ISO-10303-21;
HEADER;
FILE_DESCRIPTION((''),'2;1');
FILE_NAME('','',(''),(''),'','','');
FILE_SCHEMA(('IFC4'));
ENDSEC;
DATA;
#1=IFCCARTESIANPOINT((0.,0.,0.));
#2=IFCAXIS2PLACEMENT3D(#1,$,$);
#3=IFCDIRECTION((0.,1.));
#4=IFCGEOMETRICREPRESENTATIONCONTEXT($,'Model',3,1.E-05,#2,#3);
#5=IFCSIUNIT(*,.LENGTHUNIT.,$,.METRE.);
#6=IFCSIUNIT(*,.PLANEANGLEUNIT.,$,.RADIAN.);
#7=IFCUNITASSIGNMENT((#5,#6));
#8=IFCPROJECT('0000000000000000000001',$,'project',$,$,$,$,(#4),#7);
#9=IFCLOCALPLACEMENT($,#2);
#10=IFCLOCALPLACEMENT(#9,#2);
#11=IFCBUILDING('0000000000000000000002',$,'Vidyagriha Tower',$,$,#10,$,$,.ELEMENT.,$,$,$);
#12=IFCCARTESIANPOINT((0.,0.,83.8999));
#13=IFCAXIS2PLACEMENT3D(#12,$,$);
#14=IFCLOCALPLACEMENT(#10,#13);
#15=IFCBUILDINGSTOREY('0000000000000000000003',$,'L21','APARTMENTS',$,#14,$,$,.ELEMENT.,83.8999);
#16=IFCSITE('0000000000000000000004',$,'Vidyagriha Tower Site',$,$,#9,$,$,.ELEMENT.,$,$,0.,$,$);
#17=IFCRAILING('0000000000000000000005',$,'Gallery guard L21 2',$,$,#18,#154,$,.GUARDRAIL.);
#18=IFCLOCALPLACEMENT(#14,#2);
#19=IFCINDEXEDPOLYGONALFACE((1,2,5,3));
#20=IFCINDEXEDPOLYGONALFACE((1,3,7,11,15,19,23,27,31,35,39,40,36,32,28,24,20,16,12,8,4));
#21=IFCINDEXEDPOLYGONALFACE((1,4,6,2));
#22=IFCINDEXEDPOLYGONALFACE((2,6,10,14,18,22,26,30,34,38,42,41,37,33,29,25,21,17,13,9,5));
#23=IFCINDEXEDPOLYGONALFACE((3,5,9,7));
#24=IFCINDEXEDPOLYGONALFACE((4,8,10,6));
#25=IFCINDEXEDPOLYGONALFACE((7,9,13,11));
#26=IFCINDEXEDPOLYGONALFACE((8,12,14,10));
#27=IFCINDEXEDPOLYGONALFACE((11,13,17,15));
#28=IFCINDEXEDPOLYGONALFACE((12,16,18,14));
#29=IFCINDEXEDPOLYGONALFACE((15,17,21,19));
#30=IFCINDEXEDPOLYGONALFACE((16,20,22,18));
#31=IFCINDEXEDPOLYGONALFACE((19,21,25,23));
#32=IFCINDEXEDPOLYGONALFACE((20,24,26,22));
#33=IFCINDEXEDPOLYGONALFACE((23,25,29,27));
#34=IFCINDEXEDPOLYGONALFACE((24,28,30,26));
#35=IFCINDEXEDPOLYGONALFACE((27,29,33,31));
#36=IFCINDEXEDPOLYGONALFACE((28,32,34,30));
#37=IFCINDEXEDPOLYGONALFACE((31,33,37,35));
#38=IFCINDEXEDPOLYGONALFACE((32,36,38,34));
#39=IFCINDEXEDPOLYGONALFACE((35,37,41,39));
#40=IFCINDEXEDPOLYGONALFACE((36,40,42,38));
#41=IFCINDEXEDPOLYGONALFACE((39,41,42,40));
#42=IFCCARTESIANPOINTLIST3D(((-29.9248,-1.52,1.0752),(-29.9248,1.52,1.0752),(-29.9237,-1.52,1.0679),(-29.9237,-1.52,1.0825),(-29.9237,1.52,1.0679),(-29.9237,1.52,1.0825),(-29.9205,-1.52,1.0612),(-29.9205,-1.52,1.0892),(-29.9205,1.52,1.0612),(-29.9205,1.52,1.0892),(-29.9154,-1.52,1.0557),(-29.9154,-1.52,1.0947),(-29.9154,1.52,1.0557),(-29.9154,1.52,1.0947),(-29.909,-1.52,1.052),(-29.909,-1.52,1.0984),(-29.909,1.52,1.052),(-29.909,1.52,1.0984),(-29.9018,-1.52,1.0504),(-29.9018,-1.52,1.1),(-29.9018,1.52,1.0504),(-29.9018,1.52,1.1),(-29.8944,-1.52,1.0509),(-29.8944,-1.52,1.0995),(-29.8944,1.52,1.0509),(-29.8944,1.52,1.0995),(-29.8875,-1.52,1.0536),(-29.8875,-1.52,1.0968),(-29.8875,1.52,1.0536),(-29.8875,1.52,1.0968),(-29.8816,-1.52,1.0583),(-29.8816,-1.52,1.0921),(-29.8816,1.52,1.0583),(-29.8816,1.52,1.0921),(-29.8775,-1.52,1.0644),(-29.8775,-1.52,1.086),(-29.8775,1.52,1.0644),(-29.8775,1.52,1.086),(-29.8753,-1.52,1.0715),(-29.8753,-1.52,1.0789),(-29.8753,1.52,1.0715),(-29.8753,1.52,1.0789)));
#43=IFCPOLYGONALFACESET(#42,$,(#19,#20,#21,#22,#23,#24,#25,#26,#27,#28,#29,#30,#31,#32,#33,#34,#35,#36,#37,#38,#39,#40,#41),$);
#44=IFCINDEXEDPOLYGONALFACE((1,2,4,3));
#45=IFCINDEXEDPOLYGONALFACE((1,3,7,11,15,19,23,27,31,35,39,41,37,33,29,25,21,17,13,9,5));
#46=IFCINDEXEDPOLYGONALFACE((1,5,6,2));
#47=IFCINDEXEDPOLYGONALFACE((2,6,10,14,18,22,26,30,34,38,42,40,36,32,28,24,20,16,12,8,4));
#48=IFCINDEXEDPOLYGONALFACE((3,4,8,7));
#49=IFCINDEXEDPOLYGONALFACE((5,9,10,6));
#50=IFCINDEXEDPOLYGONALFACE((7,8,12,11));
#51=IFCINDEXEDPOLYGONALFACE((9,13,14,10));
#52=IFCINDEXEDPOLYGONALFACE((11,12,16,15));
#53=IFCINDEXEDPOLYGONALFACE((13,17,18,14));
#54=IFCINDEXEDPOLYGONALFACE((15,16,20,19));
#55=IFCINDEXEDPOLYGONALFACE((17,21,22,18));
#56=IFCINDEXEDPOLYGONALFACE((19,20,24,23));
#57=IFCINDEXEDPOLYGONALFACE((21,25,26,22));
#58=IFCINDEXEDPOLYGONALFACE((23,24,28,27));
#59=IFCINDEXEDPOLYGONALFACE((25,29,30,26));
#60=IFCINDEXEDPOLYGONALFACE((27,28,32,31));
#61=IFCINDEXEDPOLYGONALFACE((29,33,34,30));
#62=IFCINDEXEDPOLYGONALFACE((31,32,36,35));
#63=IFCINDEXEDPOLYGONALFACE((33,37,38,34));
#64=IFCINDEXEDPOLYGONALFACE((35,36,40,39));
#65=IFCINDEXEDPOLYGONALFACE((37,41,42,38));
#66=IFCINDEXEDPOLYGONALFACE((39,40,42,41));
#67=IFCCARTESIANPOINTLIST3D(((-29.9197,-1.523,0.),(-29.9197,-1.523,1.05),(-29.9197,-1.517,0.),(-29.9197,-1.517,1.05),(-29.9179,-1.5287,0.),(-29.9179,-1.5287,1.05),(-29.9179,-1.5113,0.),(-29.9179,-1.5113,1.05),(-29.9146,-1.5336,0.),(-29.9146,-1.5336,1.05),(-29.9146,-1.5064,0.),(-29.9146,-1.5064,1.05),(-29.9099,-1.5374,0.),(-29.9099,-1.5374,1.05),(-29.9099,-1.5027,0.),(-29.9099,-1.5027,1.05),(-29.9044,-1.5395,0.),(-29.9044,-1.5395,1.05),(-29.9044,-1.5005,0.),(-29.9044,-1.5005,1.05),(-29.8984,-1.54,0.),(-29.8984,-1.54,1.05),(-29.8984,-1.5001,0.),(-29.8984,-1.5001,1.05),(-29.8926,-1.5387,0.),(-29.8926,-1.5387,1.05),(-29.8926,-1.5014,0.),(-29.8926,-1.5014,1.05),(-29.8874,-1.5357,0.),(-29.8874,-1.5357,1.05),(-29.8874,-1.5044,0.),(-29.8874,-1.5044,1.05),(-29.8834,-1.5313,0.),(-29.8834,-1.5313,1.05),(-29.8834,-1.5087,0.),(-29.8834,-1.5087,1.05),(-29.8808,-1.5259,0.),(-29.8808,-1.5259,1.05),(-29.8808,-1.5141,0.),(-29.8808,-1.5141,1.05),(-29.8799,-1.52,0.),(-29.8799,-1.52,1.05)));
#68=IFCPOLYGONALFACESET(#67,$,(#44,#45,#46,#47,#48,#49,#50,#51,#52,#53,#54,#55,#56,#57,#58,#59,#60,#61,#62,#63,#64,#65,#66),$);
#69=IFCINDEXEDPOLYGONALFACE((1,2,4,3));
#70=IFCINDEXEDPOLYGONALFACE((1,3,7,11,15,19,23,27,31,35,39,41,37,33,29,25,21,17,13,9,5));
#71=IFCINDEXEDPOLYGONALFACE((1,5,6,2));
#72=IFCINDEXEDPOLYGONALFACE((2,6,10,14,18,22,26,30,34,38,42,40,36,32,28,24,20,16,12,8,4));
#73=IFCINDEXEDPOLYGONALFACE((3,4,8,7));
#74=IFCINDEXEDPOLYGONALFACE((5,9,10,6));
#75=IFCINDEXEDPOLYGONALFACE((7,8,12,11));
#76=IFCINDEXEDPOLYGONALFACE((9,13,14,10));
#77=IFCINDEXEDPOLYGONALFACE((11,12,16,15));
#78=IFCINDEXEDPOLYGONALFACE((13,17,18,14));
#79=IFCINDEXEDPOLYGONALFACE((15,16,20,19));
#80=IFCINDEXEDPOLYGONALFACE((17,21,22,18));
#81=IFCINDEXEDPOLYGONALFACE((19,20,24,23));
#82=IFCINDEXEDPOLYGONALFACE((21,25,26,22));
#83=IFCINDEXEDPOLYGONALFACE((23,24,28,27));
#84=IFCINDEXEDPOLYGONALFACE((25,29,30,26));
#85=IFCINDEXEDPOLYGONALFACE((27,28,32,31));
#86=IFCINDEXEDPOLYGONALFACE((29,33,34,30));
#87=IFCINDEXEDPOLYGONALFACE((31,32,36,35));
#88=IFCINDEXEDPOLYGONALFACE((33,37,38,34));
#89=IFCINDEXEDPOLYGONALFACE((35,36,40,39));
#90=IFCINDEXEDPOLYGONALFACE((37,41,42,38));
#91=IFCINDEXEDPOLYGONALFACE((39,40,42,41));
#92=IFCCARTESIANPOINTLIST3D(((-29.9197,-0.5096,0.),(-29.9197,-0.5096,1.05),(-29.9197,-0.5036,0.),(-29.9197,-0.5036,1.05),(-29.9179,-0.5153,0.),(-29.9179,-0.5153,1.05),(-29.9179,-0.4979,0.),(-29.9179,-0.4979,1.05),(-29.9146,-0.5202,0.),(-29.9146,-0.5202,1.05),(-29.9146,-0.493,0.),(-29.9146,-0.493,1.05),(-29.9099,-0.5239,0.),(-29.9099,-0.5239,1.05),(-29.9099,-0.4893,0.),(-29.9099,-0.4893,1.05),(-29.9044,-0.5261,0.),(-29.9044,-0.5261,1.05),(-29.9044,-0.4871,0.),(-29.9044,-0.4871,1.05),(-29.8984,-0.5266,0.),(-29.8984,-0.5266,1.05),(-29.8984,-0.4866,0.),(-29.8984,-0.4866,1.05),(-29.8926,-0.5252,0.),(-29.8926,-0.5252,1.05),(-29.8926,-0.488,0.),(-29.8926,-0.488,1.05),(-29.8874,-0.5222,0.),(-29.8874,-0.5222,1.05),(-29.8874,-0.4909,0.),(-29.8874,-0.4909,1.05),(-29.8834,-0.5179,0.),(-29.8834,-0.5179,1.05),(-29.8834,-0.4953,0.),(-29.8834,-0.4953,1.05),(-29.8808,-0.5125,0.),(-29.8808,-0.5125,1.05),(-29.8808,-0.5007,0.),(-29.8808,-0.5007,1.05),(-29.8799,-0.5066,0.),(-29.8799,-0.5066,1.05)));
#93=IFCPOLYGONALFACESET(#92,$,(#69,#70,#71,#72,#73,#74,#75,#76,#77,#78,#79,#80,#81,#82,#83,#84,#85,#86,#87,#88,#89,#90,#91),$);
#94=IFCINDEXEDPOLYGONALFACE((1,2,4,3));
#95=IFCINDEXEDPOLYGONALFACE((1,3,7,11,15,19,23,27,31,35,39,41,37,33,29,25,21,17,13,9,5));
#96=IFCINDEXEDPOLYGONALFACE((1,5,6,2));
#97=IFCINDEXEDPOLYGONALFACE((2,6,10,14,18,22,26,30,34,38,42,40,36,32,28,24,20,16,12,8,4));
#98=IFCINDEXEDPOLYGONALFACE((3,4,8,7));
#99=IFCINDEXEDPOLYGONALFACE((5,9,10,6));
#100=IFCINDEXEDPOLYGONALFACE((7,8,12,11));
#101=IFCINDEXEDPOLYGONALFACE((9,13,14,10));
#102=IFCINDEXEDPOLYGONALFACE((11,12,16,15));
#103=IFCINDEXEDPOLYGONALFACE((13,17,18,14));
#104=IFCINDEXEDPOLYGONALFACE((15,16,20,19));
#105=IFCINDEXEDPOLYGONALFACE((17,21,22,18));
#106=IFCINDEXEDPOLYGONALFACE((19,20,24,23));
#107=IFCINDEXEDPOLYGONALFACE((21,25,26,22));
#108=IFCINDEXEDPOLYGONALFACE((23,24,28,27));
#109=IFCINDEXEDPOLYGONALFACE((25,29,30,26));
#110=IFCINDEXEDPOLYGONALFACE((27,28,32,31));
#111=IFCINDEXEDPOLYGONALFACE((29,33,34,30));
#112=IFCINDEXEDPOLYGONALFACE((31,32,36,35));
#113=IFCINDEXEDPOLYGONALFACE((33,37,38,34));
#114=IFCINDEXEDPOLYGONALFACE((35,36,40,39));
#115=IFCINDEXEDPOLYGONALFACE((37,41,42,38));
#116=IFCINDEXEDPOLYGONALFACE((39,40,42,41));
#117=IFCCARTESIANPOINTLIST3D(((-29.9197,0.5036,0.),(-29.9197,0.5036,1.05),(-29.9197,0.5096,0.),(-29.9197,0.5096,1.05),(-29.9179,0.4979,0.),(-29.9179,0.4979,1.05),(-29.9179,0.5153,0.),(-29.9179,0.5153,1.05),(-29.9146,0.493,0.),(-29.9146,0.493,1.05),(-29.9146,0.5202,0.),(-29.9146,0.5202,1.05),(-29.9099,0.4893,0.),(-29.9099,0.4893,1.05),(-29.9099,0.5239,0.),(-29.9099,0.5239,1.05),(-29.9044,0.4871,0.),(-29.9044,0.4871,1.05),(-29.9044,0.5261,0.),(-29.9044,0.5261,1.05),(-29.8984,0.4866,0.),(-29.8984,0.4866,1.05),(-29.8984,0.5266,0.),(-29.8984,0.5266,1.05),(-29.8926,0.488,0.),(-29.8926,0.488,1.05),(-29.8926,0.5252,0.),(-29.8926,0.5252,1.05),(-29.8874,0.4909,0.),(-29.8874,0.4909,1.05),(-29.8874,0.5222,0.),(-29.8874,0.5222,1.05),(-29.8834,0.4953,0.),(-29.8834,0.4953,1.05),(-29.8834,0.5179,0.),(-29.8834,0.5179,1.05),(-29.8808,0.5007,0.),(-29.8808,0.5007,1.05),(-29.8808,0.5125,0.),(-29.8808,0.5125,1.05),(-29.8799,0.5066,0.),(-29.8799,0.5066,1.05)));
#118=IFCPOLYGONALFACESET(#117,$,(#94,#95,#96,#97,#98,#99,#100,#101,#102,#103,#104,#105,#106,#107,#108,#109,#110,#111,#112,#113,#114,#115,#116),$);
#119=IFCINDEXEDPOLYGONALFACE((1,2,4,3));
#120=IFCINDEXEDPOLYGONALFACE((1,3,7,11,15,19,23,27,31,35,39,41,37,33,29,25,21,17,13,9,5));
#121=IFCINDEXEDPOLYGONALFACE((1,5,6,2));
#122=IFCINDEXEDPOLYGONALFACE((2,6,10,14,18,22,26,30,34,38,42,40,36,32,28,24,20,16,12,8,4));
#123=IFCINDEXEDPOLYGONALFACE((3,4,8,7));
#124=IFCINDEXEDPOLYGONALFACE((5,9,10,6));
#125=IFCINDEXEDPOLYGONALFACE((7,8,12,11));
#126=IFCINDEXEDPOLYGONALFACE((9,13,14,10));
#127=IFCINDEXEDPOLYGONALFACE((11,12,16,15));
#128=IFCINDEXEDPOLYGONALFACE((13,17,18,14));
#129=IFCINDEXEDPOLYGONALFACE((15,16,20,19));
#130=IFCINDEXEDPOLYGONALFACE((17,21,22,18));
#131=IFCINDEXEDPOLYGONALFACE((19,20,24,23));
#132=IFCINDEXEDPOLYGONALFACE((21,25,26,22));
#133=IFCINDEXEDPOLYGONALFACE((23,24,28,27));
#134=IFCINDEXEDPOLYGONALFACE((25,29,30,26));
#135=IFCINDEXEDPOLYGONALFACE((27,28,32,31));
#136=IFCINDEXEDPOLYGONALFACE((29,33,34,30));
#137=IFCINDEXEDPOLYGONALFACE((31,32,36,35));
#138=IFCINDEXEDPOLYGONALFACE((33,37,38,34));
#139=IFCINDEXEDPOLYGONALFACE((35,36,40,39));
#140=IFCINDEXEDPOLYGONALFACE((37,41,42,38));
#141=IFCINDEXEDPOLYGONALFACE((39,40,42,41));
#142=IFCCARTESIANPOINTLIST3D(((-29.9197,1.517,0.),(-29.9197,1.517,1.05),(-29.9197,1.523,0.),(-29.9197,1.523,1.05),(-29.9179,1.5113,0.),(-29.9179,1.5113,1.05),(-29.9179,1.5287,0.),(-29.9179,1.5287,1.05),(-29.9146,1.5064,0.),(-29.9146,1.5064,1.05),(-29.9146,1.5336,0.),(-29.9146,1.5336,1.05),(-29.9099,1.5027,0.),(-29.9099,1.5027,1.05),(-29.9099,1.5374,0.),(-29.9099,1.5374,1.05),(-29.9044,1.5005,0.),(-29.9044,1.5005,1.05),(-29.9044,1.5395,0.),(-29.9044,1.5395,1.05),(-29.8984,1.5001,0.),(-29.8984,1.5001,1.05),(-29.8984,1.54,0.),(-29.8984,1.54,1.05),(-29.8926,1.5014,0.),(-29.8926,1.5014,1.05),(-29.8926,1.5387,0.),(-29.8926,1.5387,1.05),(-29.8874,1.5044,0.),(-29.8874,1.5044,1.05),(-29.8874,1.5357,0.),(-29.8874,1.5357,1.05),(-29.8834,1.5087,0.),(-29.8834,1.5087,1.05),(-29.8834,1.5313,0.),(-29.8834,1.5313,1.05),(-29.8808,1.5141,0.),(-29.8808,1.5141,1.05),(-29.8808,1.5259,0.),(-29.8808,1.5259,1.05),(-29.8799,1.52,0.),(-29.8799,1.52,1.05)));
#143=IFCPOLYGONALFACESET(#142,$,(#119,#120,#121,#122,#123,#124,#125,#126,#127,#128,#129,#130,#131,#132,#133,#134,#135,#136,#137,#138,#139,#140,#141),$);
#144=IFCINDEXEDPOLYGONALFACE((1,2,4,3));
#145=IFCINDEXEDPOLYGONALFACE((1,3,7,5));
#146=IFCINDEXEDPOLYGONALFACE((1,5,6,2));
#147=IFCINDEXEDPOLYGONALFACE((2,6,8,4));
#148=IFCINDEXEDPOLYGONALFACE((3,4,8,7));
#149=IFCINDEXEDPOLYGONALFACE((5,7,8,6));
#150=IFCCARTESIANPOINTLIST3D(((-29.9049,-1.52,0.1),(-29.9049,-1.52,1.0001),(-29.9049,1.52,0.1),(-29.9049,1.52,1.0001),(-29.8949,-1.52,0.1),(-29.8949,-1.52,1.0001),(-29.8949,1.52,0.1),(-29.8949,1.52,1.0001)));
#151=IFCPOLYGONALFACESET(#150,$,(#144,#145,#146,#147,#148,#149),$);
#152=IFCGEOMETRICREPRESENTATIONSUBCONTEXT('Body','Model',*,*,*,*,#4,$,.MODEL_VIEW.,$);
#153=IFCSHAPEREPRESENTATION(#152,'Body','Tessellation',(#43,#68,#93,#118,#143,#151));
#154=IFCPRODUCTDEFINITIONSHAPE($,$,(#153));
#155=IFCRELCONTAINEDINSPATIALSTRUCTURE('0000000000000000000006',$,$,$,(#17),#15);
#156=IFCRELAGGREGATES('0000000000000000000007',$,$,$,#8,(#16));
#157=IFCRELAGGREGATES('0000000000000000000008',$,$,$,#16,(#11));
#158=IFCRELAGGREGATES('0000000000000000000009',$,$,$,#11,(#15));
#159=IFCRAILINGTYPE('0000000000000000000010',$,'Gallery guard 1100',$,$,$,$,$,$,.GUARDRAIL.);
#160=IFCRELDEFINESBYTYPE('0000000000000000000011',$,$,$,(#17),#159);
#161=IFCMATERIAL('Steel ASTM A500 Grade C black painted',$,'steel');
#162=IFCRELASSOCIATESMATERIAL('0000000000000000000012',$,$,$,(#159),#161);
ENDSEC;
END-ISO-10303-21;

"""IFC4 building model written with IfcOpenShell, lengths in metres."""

from ifc_helpers import new_model, si_unit, direction, frame, origin, origin_2d, place, context, subcontext, project, spatial, rectangle, circle, extrude, material, type_object, element, save


model = new_model("IFC4")

# Units and contexts
model_context = context("Model", 3, precision=1e-05, world=origin(), true_north=direction((0.0, 1.0)))
body_context = subcontext(model_context, "Body", "Model", "MODEL_VIEW")
ifc_project = project(units=[si_unit("LENGTHUNIT", "METRE"), si_unit("PLANEANGLEUNIT", "RADIAN")], contexts=[model_context])

# Site, building, storey
site_placement = place(None, origin())
site = spatial("IfcSite", under=ifc_project, at=site_placement, Name="Vidyagriha Tower Site", CompositionType="ELEMENT", RefElevation=0.0)
building_placement = place(site_placement, origin())
building = spatial("IfcBuilding", under=site, at=building_placement, Name="Vidyagriha Tower", CompositionType="ELEMENT")
storey_placement = place(building_placement, frame((0.0, 0.0, 83.8999)))
storey = spatial("IfcBuildingStorey", under=building, at=storey_placement, Name="L21", Description="APARTMENTS", CompositionType="ELEMENT", Elevation=83.8999)

# Railing
ifc_material_1 = material(Name="Steel ASTM A500 Grade C black painted", Category="steel")
railing_type_1 = type_object("IfcRailingType", Name="Gallery guard 1100", PredefinedType="GUARDRAIL", material=ifc_material_1)
railing_1_placement = place(storey_placement, frame((-29.8999, -1.52, 0.0)))
element("IfcRailing", 1, at=railing_1_placement, inside=storey, type_object=railing_type_1, Name="Gallery guard L21 2", PredefinedType="GUARDRAIL", context=body_context, shape_type="SweptSolid", body=[
    extrude(circle(Radius=0.0249, at=origin_2d()), frame((0.0, 0.0, 1.0752), z_axis=(0.0, 1.0, 0.0), x_axis=(-1.0, 0.0, 0.0)), (0.0, 0.0, 1.0), 3.04),
    extrude(circle(Radius=0.02, at=origin_2d()), origin(), (0.0, 0.0, 1.0), 1.05),
    extrude(circle(Radius=0.02, at=origin_2d()), frame((0.0, 1.0134, 0.0)), (0.0, 0.0, 1.0), 1.05),
    extrude(circle(Radius=0.02, at=origin_2d()), frame((0.0, 2.0266, 0.0)), (0.0, 0.0, 1.0), 1.05),
    extrude(circle(Radius=0.02, at=origin_2d()), frame((0.0, 3.04, 0.0)), (0.0, 0.0, 1.0), 1.05),
    extrude(rectangle(XDim=0.01, YDim=0.9001, at=origin_2d()), frame((0.0, 0.0, 0.55), z_axis=(0.0, 1.0, 0.0), x_axis=(-1.0, 0.0, 0.0)), (0.0, 0.0, 1.0), 3.04),
])

save(model, "model.ifc")
